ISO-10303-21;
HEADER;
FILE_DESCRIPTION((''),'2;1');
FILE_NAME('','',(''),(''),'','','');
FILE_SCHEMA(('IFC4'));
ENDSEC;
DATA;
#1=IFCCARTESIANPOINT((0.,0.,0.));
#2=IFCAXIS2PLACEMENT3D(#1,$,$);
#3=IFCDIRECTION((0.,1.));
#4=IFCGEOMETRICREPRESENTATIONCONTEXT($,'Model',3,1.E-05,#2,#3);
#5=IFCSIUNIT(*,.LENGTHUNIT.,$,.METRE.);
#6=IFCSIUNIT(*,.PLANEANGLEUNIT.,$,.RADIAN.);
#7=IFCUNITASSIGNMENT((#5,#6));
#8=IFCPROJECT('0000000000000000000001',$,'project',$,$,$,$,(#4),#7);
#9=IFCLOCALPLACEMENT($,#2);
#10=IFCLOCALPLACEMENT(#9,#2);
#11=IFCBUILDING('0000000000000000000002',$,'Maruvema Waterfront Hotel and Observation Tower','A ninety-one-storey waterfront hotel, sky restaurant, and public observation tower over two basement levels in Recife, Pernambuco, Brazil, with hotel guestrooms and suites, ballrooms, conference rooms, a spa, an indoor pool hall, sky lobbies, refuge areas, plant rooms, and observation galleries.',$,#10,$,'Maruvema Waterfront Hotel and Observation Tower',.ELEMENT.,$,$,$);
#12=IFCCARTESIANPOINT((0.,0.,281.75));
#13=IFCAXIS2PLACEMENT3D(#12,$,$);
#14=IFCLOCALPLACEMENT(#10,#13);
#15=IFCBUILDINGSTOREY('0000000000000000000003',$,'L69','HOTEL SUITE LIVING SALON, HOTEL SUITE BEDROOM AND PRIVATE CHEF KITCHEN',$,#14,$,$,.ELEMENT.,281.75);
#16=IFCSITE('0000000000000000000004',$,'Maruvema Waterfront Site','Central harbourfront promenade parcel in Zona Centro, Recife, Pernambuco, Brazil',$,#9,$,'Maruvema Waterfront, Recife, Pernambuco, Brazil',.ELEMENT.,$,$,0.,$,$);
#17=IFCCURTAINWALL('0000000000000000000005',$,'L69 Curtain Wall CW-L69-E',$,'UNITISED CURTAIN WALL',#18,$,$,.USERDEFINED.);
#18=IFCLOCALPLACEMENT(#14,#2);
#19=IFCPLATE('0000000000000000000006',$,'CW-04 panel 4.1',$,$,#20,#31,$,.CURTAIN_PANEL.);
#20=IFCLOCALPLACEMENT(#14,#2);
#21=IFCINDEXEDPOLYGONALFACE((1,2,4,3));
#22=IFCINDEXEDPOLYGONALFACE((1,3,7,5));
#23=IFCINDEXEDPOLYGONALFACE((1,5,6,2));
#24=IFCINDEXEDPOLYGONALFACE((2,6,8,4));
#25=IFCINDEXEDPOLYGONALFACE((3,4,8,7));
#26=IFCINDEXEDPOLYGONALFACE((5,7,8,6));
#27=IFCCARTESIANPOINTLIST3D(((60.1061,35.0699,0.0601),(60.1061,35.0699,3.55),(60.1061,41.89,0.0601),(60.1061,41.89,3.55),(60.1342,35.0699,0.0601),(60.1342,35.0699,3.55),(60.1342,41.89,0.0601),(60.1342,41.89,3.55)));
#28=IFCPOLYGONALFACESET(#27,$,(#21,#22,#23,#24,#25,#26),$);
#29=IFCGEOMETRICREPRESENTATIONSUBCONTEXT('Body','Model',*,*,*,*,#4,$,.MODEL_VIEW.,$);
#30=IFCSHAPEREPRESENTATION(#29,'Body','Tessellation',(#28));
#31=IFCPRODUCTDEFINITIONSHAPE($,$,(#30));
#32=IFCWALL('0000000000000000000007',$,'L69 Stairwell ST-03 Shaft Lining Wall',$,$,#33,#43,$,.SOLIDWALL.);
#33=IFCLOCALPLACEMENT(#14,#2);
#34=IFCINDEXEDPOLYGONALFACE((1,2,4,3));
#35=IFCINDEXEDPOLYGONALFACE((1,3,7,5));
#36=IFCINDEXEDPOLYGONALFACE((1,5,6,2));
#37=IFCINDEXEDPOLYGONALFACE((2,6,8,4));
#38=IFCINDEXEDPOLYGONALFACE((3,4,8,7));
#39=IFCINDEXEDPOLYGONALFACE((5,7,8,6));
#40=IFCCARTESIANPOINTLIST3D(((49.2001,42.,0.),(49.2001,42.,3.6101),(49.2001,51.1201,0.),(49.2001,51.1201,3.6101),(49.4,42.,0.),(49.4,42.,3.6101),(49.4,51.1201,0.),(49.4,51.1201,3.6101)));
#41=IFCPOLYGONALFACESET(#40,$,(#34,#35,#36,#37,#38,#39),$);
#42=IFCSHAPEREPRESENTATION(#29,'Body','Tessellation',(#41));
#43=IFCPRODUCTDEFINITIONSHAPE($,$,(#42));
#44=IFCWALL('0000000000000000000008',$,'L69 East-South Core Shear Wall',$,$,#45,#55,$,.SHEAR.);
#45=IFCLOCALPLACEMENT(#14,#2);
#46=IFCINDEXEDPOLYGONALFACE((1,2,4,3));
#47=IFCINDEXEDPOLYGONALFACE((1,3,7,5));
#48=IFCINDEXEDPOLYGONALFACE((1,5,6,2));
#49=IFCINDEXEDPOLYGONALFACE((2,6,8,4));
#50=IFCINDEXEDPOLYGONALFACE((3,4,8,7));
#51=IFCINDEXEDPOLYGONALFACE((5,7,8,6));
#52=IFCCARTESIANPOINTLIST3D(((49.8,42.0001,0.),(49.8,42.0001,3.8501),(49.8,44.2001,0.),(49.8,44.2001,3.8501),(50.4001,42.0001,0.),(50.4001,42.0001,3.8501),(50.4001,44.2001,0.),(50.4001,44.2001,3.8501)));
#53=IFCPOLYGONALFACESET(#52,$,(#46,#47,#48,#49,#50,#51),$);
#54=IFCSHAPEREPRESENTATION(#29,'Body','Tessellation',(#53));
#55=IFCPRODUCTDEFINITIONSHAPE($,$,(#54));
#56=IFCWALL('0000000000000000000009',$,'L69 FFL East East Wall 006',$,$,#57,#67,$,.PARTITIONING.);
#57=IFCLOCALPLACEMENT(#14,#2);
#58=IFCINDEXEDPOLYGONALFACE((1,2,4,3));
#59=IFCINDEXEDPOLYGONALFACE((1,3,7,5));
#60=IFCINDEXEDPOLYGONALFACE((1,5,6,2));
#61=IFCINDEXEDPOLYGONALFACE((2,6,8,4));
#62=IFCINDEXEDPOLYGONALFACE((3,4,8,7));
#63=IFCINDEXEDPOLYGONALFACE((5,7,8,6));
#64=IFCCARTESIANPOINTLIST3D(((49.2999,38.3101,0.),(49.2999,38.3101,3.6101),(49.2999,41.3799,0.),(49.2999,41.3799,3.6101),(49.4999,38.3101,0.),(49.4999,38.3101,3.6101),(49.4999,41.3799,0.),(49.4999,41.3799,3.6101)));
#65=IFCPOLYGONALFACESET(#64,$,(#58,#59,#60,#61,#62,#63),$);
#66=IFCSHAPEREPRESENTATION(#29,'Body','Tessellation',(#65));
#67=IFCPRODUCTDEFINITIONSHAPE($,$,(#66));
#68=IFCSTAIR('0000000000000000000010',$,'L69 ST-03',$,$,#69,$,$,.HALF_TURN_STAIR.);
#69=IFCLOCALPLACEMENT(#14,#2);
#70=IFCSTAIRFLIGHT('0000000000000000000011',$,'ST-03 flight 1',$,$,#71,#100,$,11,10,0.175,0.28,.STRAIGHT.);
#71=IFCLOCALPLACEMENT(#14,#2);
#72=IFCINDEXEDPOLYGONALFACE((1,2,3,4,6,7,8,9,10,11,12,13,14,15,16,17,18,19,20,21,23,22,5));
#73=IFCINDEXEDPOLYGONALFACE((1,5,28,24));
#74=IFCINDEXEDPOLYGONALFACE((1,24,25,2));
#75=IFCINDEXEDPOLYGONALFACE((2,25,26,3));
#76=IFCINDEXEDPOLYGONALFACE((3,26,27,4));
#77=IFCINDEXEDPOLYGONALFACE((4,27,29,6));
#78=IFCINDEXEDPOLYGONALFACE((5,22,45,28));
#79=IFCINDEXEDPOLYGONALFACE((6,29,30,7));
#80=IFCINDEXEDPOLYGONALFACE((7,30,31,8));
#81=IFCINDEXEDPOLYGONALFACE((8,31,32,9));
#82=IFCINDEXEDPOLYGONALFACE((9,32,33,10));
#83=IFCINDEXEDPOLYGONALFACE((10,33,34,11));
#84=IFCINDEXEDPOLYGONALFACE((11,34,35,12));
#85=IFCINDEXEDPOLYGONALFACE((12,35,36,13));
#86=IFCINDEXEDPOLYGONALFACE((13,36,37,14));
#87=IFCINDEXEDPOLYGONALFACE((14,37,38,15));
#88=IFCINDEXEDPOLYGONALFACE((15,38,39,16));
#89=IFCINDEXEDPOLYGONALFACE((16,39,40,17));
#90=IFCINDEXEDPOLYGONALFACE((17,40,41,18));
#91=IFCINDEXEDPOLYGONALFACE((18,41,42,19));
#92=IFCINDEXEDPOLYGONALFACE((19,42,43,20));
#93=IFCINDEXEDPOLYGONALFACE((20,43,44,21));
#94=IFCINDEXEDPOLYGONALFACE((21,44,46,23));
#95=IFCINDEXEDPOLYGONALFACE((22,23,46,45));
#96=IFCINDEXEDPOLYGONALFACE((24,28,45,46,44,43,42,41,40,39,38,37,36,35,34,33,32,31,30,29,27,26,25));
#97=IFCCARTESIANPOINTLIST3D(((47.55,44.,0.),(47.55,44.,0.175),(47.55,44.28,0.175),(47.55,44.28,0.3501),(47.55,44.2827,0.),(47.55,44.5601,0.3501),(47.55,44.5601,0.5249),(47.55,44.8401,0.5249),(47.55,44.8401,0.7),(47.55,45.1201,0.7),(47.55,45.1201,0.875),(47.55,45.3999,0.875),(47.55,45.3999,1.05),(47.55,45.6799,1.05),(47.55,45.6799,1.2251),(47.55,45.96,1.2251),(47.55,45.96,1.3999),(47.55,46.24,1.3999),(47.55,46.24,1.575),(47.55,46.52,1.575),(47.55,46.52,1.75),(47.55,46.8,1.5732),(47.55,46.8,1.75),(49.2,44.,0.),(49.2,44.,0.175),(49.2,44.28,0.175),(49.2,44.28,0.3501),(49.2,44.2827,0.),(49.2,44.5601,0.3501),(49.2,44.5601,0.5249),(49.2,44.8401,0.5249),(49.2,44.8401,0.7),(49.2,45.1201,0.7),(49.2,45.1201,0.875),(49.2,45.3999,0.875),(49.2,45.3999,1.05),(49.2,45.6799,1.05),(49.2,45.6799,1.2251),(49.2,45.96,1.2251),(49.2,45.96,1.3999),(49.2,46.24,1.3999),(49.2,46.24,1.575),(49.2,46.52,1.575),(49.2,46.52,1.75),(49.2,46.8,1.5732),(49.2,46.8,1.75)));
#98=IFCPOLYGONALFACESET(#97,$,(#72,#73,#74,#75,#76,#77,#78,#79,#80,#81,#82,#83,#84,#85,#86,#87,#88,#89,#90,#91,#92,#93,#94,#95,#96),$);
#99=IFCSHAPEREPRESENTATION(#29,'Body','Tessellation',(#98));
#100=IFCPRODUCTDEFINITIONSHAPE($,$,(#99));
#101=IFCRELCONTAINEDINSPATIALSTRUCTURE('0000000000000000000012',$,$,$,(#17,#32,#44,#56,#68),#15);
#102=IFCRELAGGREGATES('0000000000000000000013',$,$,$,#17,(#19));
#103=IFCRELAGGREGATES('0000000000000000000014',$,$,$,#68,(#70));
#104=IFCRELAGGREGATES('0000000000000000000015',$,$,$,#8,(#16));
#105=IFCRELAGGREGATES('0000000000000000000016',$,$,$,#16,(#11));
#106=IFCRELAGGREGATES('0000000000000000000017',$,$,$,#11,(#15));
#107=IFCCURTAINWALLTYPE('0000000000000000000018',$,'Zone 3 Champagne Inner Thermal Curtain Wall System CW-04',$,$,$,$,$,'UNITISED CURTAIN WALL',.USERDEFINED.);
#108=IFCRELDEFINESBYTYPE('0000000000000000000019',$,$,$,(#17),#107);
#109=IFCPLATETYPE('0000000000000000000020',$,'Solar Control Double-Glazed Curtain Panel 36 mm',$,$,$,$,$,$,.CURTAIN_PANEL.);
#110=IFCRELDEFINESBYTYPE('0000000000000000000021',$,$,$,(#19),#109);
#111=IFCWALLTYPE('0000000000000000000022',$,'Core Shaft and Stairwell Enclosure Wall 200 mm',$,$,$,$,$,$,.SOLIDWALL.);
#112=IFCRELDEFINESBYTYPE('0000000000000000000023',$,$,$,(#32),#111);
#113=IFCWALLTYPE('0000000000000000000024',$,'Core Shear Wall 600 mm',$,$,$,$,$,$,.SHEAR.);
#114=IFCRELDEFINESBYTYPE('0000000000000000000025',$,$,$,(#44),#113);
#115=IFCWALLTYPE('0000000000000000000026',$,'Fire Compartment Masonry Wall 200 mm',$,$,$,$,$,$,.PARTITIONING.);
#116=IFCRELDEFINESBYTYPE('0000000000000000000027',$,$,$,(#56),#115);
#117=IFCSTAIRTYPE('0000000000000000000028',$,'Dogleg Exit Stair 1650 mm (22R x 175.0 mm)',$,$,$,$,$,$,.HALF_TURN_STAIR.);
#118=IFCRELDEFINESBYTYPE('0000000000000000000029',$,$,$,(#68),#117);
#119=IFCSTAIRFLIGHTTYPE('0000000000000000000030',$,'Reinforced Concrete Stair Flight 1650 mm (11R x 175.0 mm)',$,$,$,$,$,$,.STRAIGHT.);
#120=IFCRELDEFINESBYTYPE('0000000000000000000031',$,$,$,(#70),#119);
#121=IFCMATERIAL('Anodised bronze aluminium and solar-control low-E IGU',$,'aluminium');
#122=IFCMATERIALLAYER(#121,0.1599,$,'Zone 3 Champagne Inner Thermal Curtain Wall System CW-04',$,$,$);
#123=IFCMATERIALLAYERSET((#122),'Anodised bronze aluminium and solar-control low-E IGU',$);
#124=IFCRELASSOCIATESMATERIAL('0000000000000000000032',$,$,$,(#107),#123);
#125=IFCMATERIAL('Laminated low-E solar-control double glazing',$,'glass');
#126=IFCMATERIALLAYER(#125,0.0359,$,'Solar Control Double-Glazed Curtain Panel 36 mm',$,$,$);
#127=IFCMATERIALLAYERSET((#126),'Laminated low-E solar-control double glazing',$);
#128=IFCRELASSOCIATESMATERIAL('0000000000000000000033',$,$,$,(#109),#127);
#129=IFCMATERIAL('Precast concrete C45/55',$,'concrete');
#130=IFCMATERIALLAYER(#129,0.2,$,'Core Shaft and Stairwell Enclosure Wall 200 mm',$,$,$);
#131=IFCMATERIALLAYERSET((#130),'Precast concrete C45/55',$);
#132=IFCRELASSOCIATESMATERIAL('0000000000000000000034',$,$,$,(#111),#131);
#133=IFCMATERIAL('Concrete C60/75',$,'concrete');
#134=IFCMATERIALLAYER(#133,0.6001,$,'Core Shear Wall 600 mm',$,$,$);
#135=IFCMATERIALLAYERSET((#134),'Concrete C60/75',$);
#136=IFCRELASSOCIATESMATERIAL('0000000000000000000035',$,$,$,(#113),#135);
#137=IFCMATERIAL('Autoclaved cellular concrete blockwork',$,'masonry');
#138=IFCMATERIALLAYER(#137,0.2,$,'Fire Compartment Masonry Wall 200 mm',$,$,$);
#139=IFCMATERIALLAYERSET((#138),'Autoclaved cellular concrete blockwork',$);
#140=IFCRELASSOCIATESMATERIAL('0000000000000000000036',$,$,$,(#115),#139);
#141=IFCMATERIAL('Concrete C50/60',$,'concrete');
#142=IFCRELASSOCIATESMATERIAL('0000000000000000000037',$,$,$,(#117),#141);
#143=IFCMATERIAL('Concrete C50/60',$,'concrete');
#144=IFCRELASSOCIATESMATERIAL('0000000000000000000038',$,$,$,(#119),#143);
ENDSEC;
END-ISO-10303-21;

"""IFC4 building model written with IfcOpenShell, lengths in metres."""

from ifc_helpers import new_model, si_unit, direction, frame, frame_2d, origin, origin_2d, place, context, subcontext, project, spatial, polyline, rectangle, outline, extrude, material, layer, layer_set, type_object, element, aggregate, save


model = new_model("IFC4")

# Units and contexts
model_context = context("Model", 3, precision=1e-05, world=origin(), true_north=direction((0.0, 1.0)))
body_context = subcontext(model_context, "Body", "Model", "MODEL_VIEW")
ifc_project = project(units=[si_unit("LENGTHUNIT", "METRE"), si_unit("PLANEANGLEUNIT", "RADIAN")], contexts=[model_context])

# Site, building, storey
site_placement = place(None, origin())
site = spatial("IfcSite", under=ifc_project, at=site_placement, Name="Maruvema Waterfront Site", Description="Central harbourfront promenade parcel in Zona Centro, Recife, Pernambuco, Brazil", LongName="Maruvema Waterfront, Recife, Pernambuco, Brazil", CompositionType="ELEMENT", RefElevation=0.0)
building_placement = place(site_placement, origin())
building = spatial("IfcBuilding", under=site, at=building_placement, Name="Maruvema Waterfront Hotel and Observation Tower", Description="A ninety-one-storey waterfront hotel, sky restaurant, and public observation tower over two basement levels in Recife, Pernambuco, Brazil, with hotel guestrooms and suites, ballrooms, conference rooms, a spa, an indoor pool hall, sky lobbies, refuge areas, plant rooms, and observation galleries.", LongName="Maruvema Waterfront Hotel and Observation Tower", CompositionType="ELEMENT")
storey_placement = place(building_placement, frame((0.0, 0.0, 281.75)))
storey = spatial("IfcBuildingStorey", under=building, at=storey_placement, Name="L69", Description="HOTEL SUITE LIVING SALON, HOTEL SUITE BEDROOM AND PRIVATE CHEF KITCHEN", CompositionType="ELEMENT", Elevation=281.75)

# Curtain wall
ifc_material_1 = material(Name="Anodised bronze aluminium and solar-control low-E IGU", Category="aluminium")
ifc_layer_1 = layer(ifc_material_1, 0.1599, Name="Zone 3 Champagne Inner Thermal Curtain Wall System CW-04")
ifc_layer_set_1 = layer_set([ifc_layer_1], Name="Anodised bronze aluminium and solar-control low-E IGU")
curtain_wall_type = type_object("IfcCurtainWallType", Name="Zone 3 Champagne Inner Thermal Curtain Wall System CW-04", ElementType="UNITISED CURTAIN WALL", PredefinedType="USERDEFINED", material=ifc_layer_set_1)
curtain_wall_placement = place(storey_placement, origin())
curtain_wall = element("IfcCurtainWall", 1, at=curtain_wall_placement, inside=storey, type_object=curtain_wall_type, Name="L69 Curtain Wall CW-L69-E", ObjectType="UNITISED CURTAIN WALL", PredefinedType="USERDEFINED")

# Plate
ifc_material_2 = material(Name="Laminated low-E solar-control double glazing", Category="glass")
ifc_layer_2 = layer(ifc_material_2, 0.0359, Name="Solar Control Double-Glazed Curtain Panel 36 mm")
ifc_layer_set_2 = layer_set([ifc_layer_2], Name="Laminated low-E solar-control double glazing")
plate_type = type_object("IfcPlateType", Name="Solar Control Double-Glazed Curtain Panel 36 mm", PredefinedType="CURTAIN_PANEL", material=ifc_layer_set_2)
plate_placement = place(storey_placement, frame((60.1201, 38.48, 0.0601), z_axis=(0.0, 0.0, 1.0), x_axis=(0.0, 1.0, 0.0)))
plate = element("IfcPlate", 2, at=plate_placement, type_object=plate_type, Name="CW-04 panel 4.1", PredefinedType="CURTAIN_PANEL", context=body_context, shape_type="SweptSolid", body=[
    extrude(rectangle(XDim=6.8201, YDim=0.0281, at=origin_2d()), origin(), (0.0, 0.0, 1.0), 3.49),
])
aggregate(curtain_wall, [plate])

# Walls
ifc_material_3 = material(Name="Precast concrete C45/55", Category="concrete")
ifc_layer_3 = layer(ifc_material_3, 0.2, Name="Core Shaft and Stairwell Enclosure Wall 200 mm")
ifc_layer_set_3 = layer_set([ifc_layer_3], Name="Precast concrete C45/55")
wall_type_1 = type_object("IfcWallType", Name="Core Shaft and Stairwell Enclosure Wall 200 mm", PredefinedType="SOLIDWALL", material=ifc_layer_set_3)
wall_1_placement = place(storey_placement, frame((49.3, 42.0, 0.0), z_axis=(0.0, 0.0, 1.0), x_axis=(0.0, 1.0, 0.0)))
element("IfcWall", 3, at=wall_1_placement, inside=storey, type_object=wall_type_1, Name="L69 Stairwell ST-03 Shaft Lining Wall", PredefinedType="SOLIDWALL", context=body_context, shape_type="SweptSolid", body=[
    extrude(rectangle(XDim=9.1201, YDim=0.2, at=frame_2d((4.5601, 0.0))), origin(), (0.0, 0.0, 1.0), 3.6101),
])
ifc_material_4 = material(Name="Concrete C60/75", Category="concrete")
ifc_layer_4 = layer(ifc_material_4, 0.6001, Name="Core Shear Wall 600 mm")
ifc_layer_set_4 = layer_set([ifc_layer_4], Name="Concrete C60/75")
wall_type_2 = type_object("IfcWallType", Name="Core Shear Wall 600 mm", PredefinedType="SHEAR", material=ifc_layer_set_4)
wall_2_placement = place(storey_placement, frame((50.1001, 42.0, 0.0), z_axis=(0.0, 0.0, 1.0), x_axis=(0.0, 1.0, 0.0)))
element("IfcWall", 4, at=wall_2_placement, inside=storey, type_object=wall_type_2, Name="L69 East-South Core Shear Wall", PredefinedType="SHEAR", context=body_context, shape_type="SweptSolid", body=[
    extrude(rectangle(XDim=2.2, YDim=0.6001, at=frame_2d((1.1001, 0.0))), origin(), (0.0, 0.0, 1.0), 3.8501),
])
ifc_material_5 = material(Name="Autoclaved cellular concrete blockwork", Category="masonry")
ifc_layer_5 = layer(ifc_material_5, 0.2, Name="Fire Compartment Masonry Wall 200 mm")
ifc_layer_set_5 = layer_set([ifc_layer_5], Name="Autoclaved cellular concrete blockwork")
wall_type_3 = type_object("IfcWallType", Name="Fire Compartment Masonry Wall 200 mm", PredefinedType="PARTITIONING", material=ifc_layer_set_5)
wall_3_placement = place(storey_placement, frame((49.3999, 38.3101, 0.0), z_axis=(0.0, 0.0, 1.0), x_axis=(0.0, 1.0, 0.0)))
element("IfcWall", 5, at=wall_3_placement, inside=storey, type_object=wall_type_3, Name="L69 FFL East East Wall 006", PredefinedType="PARTITIONING", context=body_context, shape_type="SweptSolid", body=[
    extrude(rectangle(XDim=3.0698, YDim=0.2, at=frame_2d((1.5349, 0.0))), origin(), (0.0, 0.0, 1.0), 3.6101),
])

# Stair, stair flight
ifc_material_6 = material(Name="Concrete C50/60", Category="concrete")
stair_type = type_object("IfcStairType", Name="Dogleg Exit Stair 1650 mm (22R x 175.0 mm)", PredefinedType="HALF_TURN_STAIR", material=ifc_material_6)
stair_placement = place(storey_placement, origin())
stair = element("IfcStair", 6, at=stair_placement, inside=storey, type_object=stair_type, Name="L69 ST-03", PredefinedType="HALF_TURN_STAIR")
ifc_material_7 = material(Name="Concrete C50/60", Category="concrete")
stair_flight_type = type_object("IfcStairFlightType", Name="Reinforced Concrete Stair Flight 1650 mm (11R x 175.0 mm)", PredefinedType="STRAIGHT", material=ifc_material_7)
stair_flight_placement = place(storey_placement, frame((48.375, 44.0, 0.0), z_axis=(0.0, 0.0, 1.0), x_axis=(0.0, 1.0, 0.0)))
stair_flight = element("IfcStairFlight", 7, at=stair_flight_placement, type_object=stair_flight_type, Name="ST-03 flight 1", NumberOfRisers=11, NumberOfTreads=10, PredefinedType="STRAIGHT", RiserHeight=0.175, TreadLength=0.28, context=body_context, shape_type="SweptSolid", body=[
    extrude(outline(polyline([(0.0, 0.0), (0.0, 0.175), (0.28, 0.175), (0.28, 0.3501), (0.5601, 0.3501), (0.5601, 0.5249), (0.8401, 0.5249), (0.8401, 0.7), (1.1201, 0.7), (1.1201, 0.875), (1.3999, 0.875), (1.3999, 1.05), (1.6799, 1.05), (1.6799, 1.2251), (1.96, 1.2251), (1.96, 1.3999), (2.24, 1.3999), (2.24, 1.575), (2.52, 1.575), (2.52, 1.75), (2.8, 1.75), (2.8, 1.925), (2.8, 1.5732), (0.2827, 0.0), (0.0, 0.0)])), frame((0.0, 0.825, 0.0), z_axis=(0.0, -1.0, 0.0), x_axis=(1.0, 0.0, 0.0)), (0.0, 0.0, 1.0), 1.6499),
])
aggregate(stair, [stair_flight])

save(model, "model.ifc")
